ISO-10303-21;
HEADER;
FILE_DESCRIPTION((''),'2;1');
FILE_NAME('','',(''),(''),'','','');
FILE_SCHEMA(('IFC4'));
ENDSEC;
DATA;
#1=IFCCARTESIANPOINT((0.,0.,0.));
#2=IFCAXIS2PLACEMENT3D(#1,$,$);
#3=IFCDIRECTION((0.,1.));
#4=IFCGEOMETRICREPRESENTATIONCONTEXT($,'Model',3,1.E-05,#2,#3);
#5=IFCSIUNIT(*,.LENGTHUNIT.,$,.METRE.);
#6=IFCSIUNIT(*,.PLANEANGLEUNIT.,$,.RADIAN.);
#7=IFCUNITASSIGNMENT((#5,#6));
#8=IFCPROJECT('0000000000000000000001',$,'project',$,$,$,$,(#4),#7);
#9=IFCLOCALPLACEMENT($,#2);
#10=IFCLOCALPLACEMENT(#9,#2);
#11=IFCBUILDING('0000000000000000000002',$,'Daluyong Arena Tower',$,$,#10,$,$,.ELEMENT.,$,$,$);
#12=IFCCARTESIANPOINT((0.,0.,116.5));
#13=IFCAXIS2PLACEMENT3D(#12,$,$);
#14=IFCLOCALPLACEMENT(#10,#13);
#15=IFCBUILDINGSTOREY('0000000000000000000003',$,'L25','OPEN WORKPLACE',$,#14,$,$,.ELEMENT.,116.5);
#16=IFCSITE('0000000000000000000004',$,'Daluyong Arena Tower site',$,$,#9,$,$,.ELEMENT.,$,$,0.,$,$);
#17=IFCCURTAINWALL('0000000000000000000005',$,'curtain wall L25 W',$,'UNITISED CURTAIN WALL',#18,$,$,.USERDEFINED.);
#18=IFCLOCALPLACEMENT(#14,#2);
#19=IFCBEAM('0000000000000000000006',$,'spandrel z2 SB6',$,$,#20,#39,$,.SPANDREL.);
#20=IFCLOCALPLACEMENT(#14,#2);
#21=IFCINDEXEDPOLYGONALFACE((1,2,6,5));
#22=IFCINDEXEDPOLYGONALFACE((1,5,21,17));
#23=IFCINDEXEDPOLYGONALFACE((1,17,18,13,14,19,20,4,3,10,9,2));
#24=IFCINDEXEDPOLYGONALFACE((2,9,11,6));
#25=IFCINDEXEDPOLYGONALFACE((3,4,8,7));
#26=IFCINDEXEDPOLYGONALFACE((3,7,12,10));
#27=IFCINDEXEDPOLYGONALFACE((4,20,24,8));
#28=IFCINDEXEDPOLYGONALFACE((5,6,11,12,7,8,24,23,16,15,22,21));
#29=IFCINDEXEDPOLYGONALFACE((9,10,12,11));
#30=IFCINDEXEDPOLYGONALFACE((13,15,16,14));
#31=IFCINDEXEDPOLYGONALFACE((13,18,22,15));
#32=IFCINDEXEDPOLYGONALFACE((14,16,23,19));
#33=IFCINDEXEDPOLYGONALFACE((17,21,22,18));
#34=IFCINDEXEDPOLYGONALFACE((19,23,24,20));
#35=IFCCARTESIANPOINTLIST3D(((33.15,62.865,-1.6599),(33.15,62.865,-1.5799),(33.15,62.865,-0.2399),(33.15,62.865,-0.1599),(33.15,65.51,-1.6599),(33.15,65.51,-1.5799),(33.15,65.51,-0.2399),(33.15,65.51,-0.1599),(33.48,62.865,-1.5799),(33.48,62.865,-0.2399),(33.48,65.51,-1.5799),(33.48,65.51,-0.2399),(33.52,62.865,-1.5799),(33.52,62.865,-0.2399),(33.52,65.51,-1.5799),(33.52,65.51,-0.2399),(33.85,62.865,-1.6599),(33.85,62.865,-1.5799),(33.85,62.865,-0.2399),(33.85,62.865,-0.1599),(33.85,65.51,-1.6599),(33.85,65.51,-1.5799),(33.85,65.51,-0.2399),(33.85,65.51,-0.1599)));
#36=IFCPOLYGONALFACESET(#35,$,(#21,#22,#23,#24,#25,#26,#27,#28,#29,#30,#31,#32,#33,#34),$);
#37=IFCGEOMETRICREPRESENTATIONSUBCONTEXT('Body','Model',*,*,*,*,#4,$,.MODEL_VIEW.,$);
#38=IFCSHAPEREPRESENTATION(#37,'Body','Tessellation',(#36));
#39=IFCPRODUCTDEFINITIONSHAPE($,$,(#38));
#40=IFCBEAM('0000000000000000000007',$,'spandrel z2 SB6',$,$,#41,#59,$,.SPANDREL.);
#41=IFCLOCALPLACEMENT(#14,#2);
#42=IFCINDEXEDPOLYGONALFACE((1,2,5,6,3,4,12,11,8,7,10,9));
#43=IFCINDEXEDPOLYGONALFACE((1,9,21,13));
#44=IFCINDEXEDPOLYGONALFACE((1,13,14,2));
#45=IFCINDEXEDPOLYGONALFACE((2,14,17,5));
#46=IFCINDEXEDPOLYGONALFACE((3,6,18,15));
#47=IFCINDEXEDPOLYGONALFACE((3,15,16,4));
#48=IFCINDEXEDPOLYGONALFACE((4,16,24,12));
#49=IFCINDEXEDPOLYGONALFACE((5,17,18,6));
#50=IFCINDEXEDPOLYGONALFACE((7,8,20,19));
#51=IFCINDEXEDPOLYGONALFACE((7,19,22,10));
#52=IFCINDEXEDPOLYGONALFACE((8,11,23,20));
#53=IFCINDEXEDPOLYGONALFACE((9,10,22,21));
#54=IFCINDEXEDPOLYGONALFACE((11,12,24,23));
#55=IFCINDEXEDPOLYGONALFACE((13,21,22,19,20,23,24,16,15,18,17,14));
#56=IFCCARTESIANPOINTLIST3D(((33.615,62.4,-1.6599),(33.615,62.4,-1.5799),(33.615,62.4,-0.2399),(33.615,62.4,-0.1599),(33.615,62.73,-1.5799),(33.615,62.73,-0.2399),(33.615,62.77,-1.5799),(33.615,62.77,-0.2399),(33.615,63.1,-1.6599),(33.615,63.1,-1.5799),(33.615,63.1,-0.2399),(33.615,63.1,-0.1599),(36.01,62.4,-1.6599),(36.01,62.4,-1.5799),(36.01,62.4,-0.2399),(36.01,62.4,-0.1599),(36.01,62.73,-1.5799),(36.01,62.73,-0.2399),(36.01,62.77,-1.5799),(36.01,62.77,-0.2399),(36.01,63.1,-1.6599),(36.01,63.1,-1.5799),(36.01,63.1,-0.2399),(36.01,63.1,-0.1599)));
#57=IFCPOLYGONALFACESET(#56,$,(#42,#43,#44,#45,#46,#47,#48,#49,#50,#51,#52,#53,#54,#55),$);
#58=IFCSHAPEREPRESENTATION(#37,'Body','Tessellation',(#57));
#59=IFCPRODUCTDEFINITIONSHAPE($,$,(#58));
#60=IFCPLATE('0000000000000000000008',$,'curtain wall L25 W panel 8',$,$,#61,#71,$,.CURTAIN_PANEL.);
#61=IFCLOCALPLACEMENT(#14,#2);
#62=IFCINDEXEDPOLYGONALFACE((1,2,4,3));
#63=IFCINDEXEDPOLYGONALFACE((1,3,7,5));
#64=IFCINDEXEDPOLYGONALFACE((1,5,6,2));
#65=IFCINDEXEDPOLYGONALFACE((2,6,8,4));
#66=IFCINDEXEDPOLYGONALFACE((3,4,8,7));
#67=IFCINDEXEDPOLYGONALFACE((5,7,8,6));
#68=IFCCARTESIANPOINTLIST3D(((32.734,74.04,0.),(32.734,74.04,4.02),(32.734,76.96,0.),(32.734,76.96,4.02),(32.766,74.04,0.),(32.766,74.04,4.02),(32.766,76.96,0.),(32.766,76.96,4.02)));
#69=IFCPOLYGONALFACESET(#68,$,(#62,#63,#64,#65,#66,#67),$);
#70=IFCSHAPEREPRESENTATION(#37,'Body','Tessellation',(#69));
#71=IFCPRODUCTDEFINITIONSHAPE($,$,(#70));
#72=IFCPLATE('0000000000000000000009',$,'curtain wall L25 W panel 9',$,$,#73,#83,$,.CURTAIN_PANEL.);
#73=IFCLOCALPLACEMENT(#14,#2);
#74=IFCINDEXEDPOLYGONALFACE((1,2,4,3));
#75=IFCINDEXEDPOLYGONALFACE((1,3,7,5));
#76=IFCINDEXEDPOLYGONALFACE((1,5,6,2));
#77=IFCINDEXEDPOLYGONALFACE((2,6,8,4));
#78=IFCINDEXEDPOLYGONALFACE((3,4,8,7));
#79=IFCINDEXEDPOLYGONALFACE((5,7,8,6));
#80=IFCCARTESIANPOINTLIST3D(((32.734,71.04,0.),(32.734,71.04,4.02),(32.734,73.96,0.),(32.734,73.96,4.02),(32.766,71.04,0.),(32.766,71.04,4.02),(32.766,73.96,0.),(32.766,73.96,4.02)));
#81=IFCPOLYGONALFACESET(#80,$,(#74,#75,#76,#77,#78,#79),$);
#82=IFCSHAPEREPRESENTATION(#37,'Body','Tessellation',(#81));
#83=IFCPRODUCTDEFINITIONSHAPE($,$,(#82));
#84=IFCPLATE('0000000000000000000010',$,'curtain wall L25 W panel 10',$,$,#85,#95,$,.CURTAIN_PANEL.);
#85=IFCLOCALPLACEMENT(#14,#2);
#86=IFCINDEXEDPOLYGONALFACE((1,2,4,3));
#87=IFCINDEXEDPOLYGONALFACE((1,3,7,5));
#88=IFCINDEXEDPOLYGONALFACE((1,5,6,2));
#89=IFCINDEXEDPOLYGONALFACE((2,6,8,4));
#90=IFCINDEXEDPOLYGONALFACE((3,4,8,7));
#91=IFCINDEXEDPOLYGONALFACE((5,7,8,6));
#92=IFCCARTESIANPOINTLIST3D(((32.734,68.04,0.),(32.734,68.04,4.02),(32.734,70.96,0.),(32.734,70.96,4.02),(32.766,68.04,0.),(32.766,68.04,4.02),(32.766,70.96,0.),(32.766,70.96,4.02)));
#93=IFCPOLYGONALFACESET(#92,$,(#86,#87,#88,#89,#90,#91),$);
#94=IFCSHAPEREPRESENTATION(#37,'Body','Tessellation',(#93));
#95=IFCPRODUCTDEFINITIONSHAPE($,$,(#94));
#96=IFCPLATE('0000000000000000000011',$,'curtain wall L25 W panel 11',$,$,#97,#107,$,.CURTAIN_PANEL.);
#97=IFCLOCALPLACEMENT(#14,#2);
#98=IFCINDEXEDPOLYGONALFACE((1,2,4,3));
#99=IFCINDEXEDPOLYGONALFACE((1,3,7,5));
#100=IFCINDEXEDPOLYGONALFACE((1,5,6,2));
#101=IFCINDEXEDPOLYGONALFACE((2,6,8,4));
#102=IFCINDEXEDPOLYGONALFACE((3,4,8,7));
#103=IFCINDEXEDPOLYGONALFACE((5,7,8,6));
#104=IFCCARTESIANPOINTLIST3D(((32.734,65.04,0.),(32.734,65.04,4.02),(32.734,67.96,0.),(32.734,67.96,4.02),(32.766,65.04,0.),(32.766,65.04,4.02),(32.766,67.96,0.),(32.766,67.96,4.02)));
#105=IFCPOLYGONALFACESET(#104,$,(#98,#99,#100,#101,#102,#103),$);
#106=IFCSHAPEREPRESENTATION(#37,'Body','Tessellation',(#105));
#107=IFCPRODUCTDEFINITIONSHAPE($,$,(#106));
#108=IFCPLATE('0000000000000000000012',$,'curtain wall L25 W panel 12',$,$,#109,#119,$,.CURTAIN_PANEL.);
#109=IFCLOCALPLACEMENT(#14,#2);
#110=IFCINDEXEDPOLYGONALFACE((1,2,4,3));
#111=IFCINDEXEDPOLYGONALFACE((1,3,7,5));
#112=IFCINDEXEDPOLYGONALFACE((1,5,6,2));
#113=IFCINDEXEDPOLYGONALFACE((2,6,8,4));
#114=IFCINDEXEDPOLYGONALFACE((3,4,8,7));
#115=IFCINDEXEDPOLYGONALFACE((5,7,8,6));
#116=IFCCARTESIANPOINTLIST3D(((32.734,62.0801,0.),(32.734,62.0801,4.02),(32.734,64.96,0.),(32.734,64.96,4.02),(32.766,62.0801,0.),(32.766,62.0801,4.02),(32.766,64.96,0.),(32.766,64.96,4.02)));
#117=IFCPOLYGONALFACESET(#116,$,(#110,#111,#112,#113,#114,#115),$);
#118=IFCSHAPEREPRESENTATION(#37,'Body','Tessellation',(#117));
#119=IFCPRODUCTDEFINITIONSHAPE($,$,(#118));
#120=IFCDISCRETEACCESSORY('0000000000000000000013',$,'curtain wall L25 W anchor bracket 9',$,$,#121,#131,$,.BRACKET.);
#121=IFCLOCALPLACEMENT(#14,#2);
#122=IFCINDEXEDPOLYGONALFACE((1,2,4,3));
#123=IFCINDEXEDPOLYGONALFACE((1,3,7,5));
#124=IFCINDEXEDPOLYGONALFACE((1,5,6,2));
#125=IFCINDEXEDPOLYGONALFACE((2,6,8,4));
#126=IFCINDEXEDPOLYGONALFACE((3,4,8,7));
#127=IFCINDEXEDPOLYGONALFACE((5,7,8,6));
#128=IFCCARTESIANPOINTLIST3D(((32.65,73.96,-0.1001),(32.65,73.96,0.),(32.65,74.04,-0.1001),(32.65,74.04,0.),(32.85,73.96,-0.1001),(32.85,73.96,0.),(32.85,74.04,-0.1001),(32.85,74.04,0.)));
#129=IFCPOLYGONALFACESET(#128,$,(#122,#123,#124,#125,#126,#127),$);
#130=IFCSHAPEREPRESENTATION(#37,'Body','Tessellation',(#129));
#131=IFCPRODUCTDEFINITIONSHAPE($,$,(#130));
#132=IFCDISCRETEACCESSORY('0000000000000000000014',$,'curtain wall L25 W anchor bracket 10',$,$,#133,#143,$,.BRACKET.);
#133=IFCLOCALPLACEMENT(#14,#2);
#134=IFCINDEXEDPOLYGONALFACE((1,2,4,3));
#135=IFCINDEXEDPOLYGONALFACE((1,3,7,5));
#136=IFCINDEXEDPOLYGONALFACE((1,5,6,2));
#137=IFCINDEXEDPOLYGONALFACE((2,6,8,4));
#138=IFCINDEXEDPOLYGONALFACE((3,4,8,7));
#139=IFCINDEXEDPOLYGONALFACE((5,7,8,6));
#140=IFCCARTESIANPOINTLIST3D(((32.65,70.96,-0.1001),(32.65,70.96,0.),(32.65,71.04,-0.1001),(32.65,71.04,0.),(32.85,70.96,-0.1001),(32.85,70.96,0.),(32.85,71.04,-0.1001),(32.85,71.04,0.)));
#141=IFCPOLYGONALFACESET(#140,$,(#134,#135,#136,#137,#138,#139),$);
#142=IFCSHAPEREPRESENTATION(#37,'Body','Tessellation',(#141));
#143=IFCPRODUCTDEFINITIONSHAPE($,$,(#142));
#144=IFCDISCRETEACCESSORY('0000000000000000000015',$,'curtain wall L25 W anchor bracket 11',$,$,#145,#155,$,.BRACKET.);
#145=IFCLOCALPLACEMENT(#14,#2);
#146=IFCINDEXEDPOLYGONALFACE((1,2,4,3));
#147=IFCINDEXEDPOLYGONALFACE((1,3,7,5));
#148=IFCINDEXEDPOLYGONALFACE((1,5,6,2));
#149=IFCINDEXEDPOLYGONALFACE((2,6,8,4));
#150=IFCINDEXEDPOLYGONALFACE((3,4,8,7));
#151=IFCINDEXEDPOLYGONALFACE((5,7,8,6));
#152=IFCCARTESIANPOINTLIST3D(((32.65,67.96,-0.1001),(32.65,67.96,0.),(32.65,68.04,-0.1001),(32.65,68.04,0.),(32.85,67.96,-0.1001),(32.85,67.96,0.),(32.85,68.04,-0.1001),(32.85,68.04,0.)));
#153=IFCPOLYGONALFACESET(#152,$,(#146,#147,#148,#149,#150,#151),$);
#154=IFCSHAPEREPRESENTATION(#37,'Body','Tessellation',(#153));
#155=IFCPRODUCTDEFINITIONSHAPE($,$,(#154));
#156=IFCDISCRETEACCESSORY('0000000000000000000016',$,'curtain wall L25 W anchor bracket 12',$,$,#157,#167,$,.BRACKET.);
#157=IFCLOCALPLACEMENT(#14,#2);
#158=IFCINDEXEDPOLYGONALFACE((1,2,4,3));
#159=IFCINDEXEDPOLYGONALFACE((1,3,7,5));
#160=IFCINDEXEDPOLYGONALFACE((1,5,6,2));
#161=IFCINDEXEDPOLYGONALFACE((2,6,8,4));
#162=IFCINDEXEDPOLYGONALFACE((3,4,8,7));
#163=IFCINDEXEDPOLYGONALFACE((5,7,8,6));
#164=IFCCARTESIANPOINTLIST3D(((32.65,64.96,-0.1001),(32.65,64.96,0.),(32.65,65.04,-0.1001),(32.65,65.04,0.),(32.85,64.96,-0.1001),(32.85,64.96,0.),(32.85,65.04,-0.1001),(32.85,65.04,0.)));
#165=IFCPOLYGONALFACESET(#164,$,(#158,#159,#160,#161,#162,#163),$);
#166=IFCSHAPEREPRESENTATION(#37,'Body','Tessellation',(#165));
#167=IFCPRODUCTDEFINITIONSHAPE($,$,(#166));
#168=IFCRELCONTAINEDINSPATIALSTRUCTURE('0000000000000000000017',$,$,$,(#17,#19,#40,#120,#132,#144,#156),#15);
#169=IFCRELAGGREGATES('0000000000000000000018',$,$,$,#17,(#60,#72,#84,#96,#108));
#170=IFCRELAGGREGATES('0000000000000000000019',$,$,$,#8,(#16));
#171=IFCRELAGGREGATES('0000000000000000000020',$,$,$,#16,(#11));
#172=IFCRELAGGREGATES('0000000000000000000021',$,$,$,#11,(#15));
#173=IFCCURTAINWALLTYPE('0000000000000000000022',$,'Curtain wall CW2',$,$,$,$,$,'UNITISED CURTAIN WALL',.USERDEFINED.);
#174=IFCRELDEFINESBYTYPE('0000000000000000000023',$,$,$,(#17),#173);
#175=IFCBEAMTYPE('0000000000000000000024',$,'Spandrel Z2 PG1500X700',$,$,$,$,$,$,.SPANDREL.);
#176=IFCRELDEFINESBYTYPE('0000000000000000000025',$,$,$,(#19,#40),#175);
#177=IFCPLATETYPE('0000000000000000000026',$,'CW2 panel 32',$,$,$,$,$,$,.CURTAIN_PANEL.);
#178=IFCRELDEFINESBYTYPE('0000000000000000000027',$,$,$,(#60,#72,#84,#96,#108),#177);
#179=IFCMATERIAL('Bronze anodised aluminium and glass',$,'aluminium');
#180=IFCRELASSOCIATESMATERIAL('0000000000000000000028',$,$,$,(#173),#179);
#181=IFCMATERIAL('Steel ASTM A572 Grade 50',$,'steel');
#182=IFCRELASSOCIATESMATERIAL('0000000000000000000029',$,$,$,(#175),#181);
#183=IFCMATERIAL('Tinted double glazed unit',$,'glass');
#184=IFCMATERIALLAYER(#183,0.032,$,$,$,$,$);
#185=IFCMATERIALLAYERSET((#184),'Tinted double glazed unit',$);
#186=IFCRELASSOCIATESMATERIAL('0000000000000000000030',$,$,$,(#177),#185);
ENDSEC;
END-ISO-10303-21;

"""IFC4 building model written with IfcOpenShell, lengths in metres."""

from ifc_helpers import new_model, si_unit, direction, frame, origin, origin_2d, place, context, subcontext, project, spatial, rectangle, i_section, extrude, material, layer, layer_set, material_profile, profile_set, type_object, element, aggregate, save


model = new_model("IFC4")

# Units and contexts
model_context = context("Model", 3, precision=1e-05, world=origin(), true_north=direction((0.0, 1.0)))
body_context = subcontext(model_context, "Body", "Model", "MODEL_VIEW")
ifc_project = project(units=[si_unit("LENGTHUNIT", "METRE"), si_unit("PLANEANGLEUNIT", "RADIAN")], contexts=[model_context])

# Site, building, storey
site_placement = place(None, origin())
site = spatial("IfcSite", under=ifc_project, at=site_placement, Name="Daluyong Arena Tower site", CompositionType="ELEMENT", RefElevation=0.0)
building_placement = place(site_placement, origin())
building = spatial("IfcBuilding", under=site, at=building_placement, Name="Daluyong Arena Tower", CompositionType="ELEMENT")
storey_placement = place(building_placement, frame((0.0, 0.0, 116.5)))
storey = spatial("IfcBuildingStorey", under=building, at=storey_placement, Name="L25", Description="OPEN WORKPLACE", CompositionType="ELEMENT", Elevation=116.5)

# Curtain wall
ifc_material_1 = material(Name="Bronze anodised aluminium and glass", Category="aluminium")
curtain_wall_type_1 = type_object("IfcCurtainWallType", Name="Curtain wall CW2", ElementType="UNITISED CURTAIN WALL", PredefinedType="USERDEFINED", material=ifc_material_1)
curtain_wall_1_placement = place(storey_placement, origin())
curtain_wall_1 = element("IfcCurtainWall", 1, at=curtain_wall_1_placement, inside=storey, type_object=curtain_wall_type_1, Name="curtain wall L25 W", ObjectType="UNITISED CURTAIN WALL", PredefinedType="USERDEFINED")

# Beams
ifc_material_2 = material(Name="Steel ASTM A572 Grade 50", Category="steel")
ifc_material_profile_1 = material_profile(ifc_material_2, i_section(OverallWidth=0.7, OverallDepth=1.5, WebThickness=0.04, FlangeThickness=0.08, at=origin_2d()))
ifc_profile_set_1 = profile_set([ifc_material_profile_1], Name="Steel ASTM A572 Grade 50")
beam_type_1 = type_object("IfcBeamType", Name="Spandrel Z2 PG1500X700", PredefinedType="SPANDREL", material=ifc_profile_set_1)
for number, where, z_axis, x_axis, name in (
    (2, (33.5, 65.51, -0.9099), (0.0, -1.0, 0.0), (1.0, 0.0, 0.0), "spandrel z2 SB6"),
):
    element("IfcBeam", number, at=place(storey_placement, frame(where, z_axis=z_axis, x_axis=x_axis)), inside=storey, type_object=beam_type_1, Name=name, PredefinedType="SPANDREL", context=body_context, shape_type="SweptSolid", body=[
        extrude(i_section(OverallWidth=0.7, OverallDepth=1.5, WebThickness=0.04, FlangeThickness=0.08, at=origin_2d()), origin(), (0.0, 0.0, 1.0), 2.645),
    ])
beam_1_placement = place(storey_placement, frame((33.615, 62.75, -0.9099), z_axis=(1.0, 0.0, 0.0), x_axis=(0.0, 1.0, 0.0)))
element("IfcBeam", 3, at=beam_1_placement, inside=storey, type_object=beam_type_1, Name="spandrel z2 SB6", PredefinedType="SPANDREL", context=body_context, shape_type="SweptSolid", body=[
    extrude(i_section(OverallWidth=0.7, OverallDepth=1.5, WebThickness=0.04, FlangeThickness=0.08, at=origin_2d()), origin(), (0.0, 0.0, 1.0), 2.395),
])

# Plates
ifc_material_3 = material(Name="Tinted double glazed unit", Category="glass")
ifc_layer = layer(ifc_material_3, 0.032)
ifc_layer_set = layer_set([ifc_layer], Name="Tinted double glazed unit")
plate_type = type_object("IfcPlateType", Name="CW2 panel 32", PredefinedType="CURTAIN_PANEL", material=ifc_layer_set)
plate_1_placement = place(storey_placement, frame((32.75, 75.5, 0.0), z_axis=(0.0, 0.0, 1.0), x_axis=(0.0, -1.0, 0.0)))
plate_1 = element("IfcPlate", 4, at=plate_1_placement, type_object=plate_type, Name="curtain wall L25 W panel 8", PredefinedType="CURTAIN_PANEL", context=body_context, shape_type="SweptSolid", body=[
    extrude(rectangle(XDim=2.9199, YDim=0.032, at=origin_2d()), origin(), (0.0, 0.0, 1.0), 4.02),
])
plate_2_placement = place(storey_placement, frame((32.75, 72.5, 0.0), z_axis=(0.0, 0.0, 1.0), x_axis=(0.0, -1.0, 0.0)))
plate_2 = element("IfcPlate", 5, at=plate_2_placement, type_object=plate_type, Name="curtain wall L25 W panel 9", PredefinedType="CURTAIN_PANEL", context=body_context, shape_type="SweptSolid", body=[
    extrude(rectangle(XDim=2.9199, YDim=0.032, at=origin_2d()), origin(), (0.0, 0.0, 1.0), 4.02),
])
plate_3_placement = place(storey_placement, frame((32.75, 69.5, 0.0), z_axis=(0.0, 0.0, 1.0), x_axis=(0.0, -1.0, 0.0)))
plate_3 = element("IfcPlate", 6, at=plate_3_placement, type_object=plate_type, Name="curtain wall L25 W panel 10", PredefinedType="CURTAIN_PANEL", context=body_context, shape_type="SweptSolid", body=[
    extrude(rectangle(XDim=2.9199, YDim=0.032, at=origin_2d()), origin(), (0.0, 0.0, 1.0), 4.02),
])
plate_4_placement = place(storey_placement, frame((32.75, 66.5, 0.0), z_axis=(0.0, 0.0, 1.0), x_axis=(0.0, -1.0, 0.0)))
plate_4 = element("IfcPlate", 7, at=plate_4_placement, type_object=plate_type, Name="curtain wall L25 W panel 11", PredefinedType="CURTAIN_PANEL", context=body_context, shape_type="SweptSolid", body=[
    extrude(rectangle(XDim=2.9199, YDim=0.032, at=origin_2d()), origin(), (0.0, 0.0, 1.0), 4.02),
])
plate_5_placement = place(storey_placement, frame((32.75, 63.52, 0.0), z_axis=(0.0, 0.0, 1.0), x_axis=(0.0, -1.0, 0.0)))
plate_5 = element("IfcPlate", 8, at=plate_5_placement, type_object=plate_type, Name="curtain wall L25 W panel 12", PredefinedType="CURTAIN_PANEL", context=body_context, shape_type="SweptSolid", body=[
    extrude(rectangle(XDim=2.8799, YDim=0.032, at=origin_2d()), origin(), (0.0, 0.0, 1.0), 4.02),
])
aggregate(curtain_wall_1, [plate_1, plate_2, plate_3, plate_4, plate_5])

# Discrete accessories
for number, where, z_axis, x_axis, name in (
    (9, (32.75, 74.0, -0.1001), (0.0, 0.0, 1.0), (0.0, -1.0, 0.0), "curtain wall L25 W anchor bracket 9"),
    (10, (32.75, 71.0, -0.1001), (0.0, 0.0, 1.0), (0.0, -1.0, 0.0), "curtain wall L25 W anchor bracket 10"),
    (11, (32.75, 68.0, -0.1001), (0.0, 0.0, 1.0), (0.0, -1.0, 0.0), "curtain wall L25 W anchor bracket 11"),
    (12, (32.75, 65.0, -0.1001), (0.0, 0.0, 1.0), (0.0, -1.0, 0.0), "curtain wall L25 W anchor bracket 12"),
):
    element("IfcDiscreteAccessory", number, at=place(storey_placement, frame(where, z_axis=z_axis, x_axis=x_axis)), inside=storey, Name=name, PredefinedType="BRACKET", context=body_context, shape_type="SweptSolid", body=[
        extrude(rectangle(XDim=0.0801, YDim=0.2, at=origin_2d()), origin(), (0.0, 0.0, 1.0), 0.1001),
    ])

save(model, "model.ifc")
